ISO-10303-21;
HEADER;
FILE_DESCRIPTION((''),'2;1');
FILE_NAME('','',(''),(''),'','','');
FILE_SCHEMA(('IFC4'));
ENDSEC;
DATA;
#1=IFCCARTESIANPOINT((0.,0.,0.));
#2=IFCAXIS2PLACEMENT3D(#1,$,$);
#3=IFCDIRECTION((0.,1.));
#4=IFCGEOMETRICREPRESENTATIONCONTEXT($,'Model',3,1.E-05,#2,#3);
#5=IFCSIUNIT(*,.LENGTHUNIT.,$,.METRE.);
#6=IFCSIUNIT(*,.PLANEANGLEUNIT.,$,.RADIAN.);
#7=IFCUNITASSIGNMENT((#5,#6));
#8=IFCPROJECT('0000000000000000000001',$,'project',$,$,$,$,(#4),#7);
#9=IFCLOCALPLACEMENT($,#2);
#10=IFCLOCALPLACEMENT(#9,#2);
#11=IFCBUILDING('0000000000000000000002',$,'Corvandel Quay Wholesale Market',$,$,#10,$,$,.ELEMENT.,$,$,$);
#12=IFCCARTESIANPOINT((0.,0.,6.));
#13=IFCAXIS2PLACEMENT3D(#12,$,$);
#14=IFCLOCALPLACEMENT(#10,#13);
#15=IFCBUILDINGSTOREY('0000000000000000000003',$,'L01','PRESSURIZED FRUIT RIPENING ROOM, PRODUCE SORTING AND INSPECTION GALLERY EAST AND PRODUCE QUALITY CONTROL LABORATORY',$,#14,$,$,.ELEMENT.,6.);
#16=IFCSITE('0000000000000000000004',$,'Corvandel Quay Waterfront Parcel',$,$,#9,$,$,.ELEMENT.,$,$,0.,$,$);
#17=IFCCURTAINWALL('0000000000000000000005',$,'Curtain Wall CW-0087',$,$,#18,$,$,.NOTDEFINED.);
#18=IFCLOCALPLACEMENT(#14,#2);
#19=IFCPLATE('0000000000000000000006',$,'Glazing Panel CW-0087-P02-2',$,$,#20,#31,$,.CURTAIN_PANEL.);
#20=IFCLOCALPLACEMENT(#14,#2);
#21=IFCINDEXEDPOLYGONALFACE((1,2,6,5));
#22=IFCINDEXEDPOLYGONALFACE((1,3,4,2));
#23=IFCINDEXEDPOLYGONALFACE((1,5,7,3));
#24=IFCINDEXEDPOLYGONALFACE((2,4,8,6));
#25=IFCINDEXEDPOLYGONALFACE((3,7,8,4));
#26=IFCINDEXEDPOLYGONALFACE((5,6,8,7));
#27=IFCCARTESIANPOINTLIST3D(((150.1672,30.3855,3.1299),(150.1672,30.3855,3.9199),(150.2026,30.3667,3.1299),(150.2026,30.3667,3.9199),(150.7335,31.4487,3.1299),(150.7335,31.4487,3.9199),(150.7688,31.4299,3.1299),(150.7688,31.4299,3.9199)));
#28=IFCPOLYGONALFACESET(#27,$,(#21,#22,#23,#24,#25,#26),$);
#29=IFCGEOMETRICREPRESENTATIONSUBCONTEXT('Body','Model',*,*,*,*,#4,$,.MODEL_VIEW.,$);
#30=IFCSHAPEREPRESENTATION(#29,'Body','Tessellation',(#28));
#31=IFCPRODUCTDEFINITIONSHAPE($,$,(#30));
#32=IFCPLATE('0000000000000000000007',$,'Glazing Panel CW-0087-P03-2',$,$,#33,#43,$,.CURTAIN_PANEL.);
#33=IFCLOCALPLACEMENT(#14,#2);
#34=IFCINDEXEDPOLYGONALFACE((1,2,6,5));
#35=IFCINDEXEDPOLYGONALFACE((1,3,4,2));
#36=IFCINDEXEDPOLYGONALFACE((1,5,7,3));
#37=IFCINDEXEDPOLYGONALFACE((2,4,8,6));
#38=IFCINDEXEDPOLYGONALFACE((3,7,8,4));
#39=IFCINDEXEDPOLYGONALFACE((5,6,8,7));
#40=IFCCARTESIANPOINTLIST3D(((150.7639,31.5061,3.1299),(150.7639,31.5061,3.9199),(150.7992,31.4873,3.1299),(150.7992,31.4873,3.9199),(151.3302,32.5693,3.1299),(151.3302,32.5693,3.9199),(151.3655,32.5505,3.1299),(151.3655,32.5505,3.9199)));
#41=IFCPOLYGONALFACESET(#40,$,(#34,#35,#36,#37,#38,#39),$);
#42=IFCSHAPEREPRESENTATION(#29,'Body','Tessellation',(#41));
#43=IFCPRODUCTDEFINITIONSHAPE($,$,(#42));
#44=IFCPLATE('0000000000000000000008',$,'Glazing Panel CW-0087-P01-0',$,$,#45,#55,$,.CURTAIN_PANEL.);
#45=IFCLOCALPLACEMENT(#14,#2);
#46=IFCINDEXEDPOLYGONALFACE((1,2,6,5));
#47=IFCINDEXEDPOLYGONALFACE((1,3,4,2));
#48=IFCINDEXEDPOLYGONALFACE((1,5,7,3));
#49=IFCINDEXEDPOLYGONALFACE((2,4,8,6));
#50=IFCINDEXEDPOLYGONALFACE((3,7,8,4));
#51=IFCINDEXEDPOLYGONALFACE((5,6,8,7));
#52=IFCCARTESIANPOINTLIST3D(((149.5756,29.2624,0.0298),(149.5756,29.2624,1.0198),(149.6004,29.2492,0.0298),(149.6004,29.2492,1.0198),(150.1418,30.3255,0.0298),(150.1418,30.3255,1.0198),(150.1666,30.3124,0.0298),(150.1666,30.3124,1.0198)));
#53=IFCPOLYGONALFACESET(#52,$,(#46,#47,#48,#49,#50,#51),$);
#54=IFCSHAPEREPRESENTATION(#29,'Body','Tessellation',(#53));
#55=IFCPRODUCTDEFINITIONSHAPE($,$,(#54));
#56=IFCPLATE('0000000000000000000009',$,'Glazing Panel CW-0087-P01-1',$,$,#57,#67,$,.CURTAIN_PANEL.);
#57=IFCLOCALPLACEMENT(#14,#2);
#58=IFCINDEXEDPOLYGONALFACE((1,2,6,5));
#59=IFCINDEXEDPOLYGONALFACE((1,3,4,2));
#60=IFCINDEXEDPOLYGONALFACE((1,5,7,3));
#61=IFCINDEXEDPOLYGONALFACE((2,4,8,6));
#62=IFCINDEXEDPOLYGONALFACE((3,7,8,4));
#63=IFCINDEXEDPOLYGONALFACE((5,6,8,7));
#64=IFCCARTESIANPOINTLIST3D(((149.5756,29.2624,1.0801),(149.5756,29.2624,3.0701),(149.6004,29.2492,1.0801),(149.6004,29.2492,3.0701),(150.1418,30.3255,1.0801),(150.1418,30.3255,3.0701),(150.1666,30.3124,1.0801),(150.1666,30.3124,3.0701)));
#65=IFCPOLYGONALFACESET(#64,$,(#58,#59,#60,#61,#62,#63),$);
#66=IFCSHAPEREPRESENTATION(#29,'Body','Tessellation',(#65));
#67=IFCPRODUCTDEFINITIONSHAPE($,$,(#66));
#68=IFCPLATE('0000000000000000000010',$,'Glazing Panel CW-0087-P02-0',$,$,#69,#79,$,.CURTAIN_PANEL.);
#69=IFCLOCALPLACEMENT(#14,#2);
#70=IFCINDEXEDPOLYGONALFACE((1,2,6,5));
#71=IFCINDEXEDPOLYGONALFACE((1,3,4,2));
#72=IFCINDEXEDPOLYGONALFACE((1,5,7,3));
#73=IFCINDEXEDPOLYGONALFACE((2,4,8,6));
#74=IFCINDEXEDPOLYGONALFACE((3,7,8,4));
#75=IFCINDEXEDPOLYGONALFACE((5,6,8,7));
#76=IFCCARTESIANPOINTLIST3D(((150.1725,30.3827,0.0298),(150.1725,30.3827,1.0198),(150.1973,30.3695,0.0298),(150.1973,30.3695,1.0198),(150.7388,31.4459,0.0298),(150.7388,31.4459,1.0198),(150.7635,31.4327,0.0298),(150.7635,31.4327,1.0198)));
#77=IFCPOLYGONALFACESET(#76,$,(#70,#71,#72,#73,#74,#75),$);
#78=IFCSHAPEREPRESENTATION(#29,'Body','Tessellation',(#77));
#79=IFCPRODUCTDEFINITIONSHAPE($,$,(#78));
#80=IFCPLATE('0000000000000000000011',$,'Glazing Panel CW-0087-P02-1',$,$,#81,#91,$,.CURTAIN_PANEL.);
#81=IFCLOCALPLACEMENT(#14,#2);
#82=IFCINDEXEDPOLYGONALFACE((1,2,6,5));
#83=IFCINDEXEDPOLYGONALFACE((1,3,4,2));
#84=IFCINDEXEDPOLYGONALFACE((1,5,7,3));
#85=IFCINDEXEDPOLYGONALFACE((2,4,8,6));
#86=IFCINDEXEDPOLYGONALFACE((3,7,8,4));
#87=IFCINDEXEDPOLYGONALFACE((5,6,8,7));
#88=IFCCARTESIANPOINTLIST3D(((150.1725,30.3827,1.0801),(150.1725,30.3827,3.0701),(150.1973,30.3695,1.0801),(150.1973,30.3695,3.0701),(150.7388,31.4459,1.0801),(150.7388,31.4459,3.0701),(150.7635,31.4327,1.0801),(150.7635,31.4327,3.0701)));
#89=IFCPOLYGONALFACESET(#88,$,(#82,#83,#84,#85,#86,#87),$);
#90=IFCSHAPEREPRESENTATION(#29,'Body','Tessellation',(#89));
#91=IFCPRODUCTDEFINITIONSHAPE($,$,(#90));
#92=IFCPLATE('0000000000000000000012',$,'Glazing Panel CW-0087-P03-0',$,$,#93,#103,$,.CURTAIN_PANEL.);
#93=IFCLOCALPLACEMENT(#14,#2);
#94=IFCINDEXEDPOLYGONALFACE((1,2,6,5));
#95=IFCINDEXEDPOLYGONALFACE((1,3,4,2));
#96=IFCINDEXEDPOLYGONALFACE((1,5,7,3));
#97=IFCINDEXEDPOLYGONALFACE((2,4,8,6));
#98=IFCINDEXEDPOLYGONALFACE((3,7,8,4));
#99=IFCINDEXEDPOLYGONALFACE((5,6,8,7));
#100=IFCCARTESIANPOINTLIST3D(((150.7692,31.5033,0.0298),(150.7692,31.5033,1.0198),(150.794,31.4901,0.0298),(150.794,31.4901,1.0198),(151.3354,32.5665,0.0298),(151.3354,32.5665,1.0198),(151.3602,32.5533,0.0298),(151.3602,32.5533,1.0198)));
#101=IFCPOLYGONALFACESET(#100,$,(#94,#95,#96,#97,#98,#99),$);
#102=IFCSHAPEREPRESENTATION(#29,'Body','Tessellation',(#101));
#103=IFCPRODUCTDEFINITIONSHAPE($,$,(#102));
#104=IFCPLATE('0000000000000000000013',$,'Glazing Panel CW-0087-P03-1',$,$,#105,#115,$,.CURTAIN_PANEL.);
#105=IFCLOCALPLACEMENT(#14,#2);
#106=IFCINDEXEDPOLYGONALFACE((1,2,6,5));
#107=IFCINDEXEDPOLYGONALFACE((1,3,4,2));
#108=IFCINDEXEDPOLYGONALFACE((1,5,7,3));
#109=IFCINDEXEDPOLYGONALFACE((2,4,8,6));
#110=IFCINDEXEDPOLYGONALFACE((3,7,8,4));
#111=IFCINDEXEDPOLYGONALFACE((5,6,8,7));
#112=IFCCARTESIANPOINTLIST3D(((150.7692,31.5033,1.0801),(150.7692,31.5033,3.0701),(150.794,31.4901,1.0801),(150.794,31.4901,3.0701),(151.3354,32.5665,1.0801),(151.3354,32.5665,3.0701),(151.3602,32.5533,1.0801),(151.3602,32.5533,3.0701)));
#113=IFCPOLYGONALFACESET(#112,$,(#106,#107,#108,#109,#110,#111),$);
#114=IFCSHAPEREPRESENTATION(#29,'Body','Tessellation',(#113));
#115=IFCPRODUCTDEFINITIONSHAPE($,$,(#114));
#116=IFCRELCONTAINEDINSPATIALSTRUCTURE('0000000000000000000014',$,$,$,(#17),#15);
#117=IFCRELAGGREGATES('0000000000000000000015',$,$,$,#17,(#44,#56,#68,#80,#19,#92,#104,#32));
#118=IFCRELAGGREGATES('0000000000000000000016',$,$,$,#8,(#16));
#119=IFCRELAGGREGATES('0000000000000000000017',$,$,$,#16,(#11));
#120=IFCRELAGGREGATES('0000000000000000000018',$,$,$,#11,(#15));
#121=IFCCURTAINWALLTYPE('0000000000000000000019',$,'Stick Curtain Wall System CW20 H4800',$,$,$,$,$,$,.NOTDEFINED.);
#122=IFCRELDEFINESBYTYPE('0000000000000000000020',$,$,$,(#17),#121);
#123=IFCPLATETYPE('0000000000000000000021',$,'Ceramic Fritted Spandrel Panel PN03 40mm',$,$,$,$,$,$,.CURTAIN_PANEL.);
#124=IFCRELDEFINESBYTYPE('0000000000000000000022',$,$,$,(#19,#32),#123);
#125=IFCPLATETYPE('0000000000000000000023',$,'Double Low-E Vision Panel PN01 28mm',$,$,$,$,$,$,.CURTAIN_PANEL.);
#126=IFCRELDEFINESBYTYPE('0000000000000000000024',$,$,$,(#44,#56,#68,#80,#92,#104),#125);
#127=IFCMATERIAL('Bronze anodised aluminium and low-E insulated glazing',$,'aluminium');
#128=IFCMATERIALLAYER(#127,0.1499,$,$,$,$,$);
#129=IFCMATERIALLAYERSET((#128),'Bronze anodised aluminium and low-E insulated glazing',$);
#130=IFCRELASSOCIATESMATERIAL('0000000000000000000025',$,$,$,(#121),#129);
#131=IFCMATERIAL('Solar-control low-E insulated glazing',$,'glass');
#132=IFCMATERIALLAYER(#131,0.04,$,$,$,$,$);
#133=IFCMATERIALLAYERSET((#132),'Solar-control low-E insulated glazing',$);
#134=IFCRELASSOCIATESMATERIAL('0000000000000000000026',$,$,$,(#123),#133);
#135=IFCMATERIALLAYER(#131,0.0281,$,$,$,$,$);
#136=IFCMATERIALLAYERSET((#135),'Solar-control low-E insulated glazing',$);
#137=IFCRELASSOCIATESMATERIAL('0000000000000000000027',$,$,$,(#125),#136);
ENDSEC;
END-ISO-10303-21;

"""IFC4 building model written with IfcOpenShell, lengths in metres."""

from ifc_helpers import new_model, si_unit, direction, frame, origin, origin_2d, place, context, subcontext, project, spatial, rectangle, extrude, material, layer, layer_set, type_object, element, aggregate, save


model = new_model("IFC4")

# Units and contexts
model_context = context("Model", 3, precision=1e-05, world=origin(), true_north=direction((0.0, 1.0)))
body_context = subcontext(model_context, "Body", "Model", "MODEL_VIEW")
ifc_project = project(units=[si_unit("LENGTHUNIT", "METRE"), si_unit("PLANEANGLEUNIT", "RADIAN")], contexts=[model_context])

# Site, building, storey
site_placement = place(None, origin())
site = spatial("IfcSite", under=ifc_project, at=site_placement, Name="Corvandel Quay Waterfront Parcel", CompositionType="ELEMENT", RefElevation=0.0)
building_placement = place(site_placement, origin())
building = spatial("IfcBuilding", under=site, at=building_placement, Name="Corvandel Quay Wholesale Market", CompositionType="ELEMENT")
storey_placement = place(building_placement, frame((0.0, 0.0, 6.0)))
storey = spatial("IfcBuildingStorey", under=building, at=storey_placement, Name="L01", Description="PRESSURIZED FRUIT RIPENING ROOM, PRODUCE SORTING AND INSPECTION GALLERY EAST AND PRODUCE QUALITY CONTROL LABORATORY", CompositionType="ELEMENT", Elevation=6.0)

# Curtain wall, plates
ifc_material_1 = material(Name="Bronze anodised aluminium and low-E insulated glazing", Category="aluminium")
ifc_layer_1 = layer(ifc_material_1, 0.1499)
ifc_layer_set_1 = layer_set([ifc_layer_1], Name="Bronze anodised aluminium and low-E insulated glazing")
curtain_wall_type = type_object("IfcCurtainWallType", Name="Stick Curtain Wall System CW20 H4800", PredefinedType="NOTDEFINED", material=ifc_layer_set_1)
curtain_wall_placement = place(storey_placement, origin())
curtain_wall = element("IfcCurtainWall", 1, at=curtain_wall_placement, inside=storey, type_object=curtain_wall_type, Name="Curtain Wall CW-0087", PredefinedType="NOTDEFINED")
ifc_material_2 = material(Name="Solar-control low-E insulated glazing", Category="glass")
ifc_layer_2 = layer(ifc_material_2, 0.04)
ifc_layer_set_2 = layer_set([ifc_layer_2], Name="Solar-control low-E insulated glazing")
plate_type_1 = type_object("IfcPlateType", Name="Ceramic Fritted Spandrel Panel PN03 40mm", PredefinedType="CURTAIN_PANEL", material=ifc_layer_set_2)
plate_1_placement = place(storey_placement, frame((150.468, 30.9077, 3.1299), z_axis=(0.0, 0.0, 1.0), x_axis=(0.470088, 0.88262, 0.0)))
plate_1 = element("IfcPlate", 2, at=plate_1_placement, type_object=plate_type_1, Name="Glazing Panel CW-0087-P02-2", PredefinedType="CURTAIN_PANEL", context=body_context, shape_type="SweptSolid", body=[
    extrude(rectangle(XDim=1.2046, YDim=0.04, at=origin_2d()), origin(), (0.0, 0.0, 1.0), 0.79),
])
plate_2_placement = place(storey_placement, frame((151.0647, 32.0283, 3.1299), z_axis=(0.0, 0.0, 1.0), x_axis=(0.470088, 0.88262, 0.0)))
plate_2 = element("IfcPlate", 3, at=plate_2_placement, type_object=plate_type_1, Name="Glazing Panel CW-0087-P03-2", PredefinedType="CURTAIN_PANEL", context=body_context, shape_type="SweptSolid", body=[
    extrude(rectangle(XDim=1.2046, YDim=0.04, at=origin_2d()), origin(), (0.0, 0.0, 1.0), 0.79),
])
ifc_layer_3 = layer(ifc_material_2, 0.0281)
ifc_layer_set_3 = layer_set([ifc_layer_3], Name="Solar-control low-E insulated glazing")
plate_type_2 = type_object("IfcPlateType", Name="Double Low-E Vision Panel PN01 28mm", PredefinedType="CURTAIN_PANEL", material=ifc_layer_set_3)
plate_3_placement = place(storey_placement, frame((149.8711, 29.7874, 0.0298), z_axis=(0.0, 0.0, 1.0), x_axis=(0.470088, 0.88262, 0.0)))
plate_3 = element("IfcPlate", 4, at=plate_3_placement, type_object=plate_type_2, Name="Glazing Panel CW-0087-P01-0", PredefinedType="CURTAIN_PANEL", context=body_context, shape_type="SweptSolid", body=[
    extrude(rectangle(XDim=1.2046, YDim=0.0281, at=origin_2d()), origin(), (0.0, 0.0, 1.0), 0.99),
])
plate_4_placement = place(storey_placement, frame((149.8711, 29.7874, 1.0801), z_axis=(0.0, 0.0, 1.0), x_axis=(0.470088, 0.88262, 0.0)))
plate_4 = element("IfcPlate", 5, at=plate_4_placement, type_object=plate_type_2, Name="Glazing Panel CW-0087-P01-1", PredefinedType="CURTAIN_PANEL", context=body_context, shape_type="SweptSolid", body=[
    extrude(rectangle(XDim=1.2046, YDim=0.0281, at=origin_2d()), origin(), (0.0, 0.0, 1.0), 1.99),
])
plate_5_placement = place(storey_placement, frame((150.468, 30.9077, 0.0298), z_axis=(0.0, 0.0, 1.0), x_axis=(0.470088, 0.88262, 0.0)))
plate_5 = element("IfcPlate", 6, at=plate_5_placement, type_object=plate_type_2, Name="Glazing Panel CW-0087-P02-0", PredefinedType="CURTAIN_PANEL", context=body_context, shape_type="SweptSolid", body=[
    extrude(rectangle(XDim=1.2046, YDim=0.0281, at=origin_2d()), origin(), (0.0, 0.0, 1.0), 0.99),
])
plate_6_placement = place(storey_placement, frame((150.468, 30.9077, 1.0801), z_axis=(0.0, 0.0, 1.0), x_axis=(0.470088, 0.88262, 0.0)))
plate_6 = element("IfcPlate", 7, at=plate_6_placement, type_object=plate_type_2, Name="Glazing Panel CW-0087-P02-1", PredefinedType="CURTAIN_PANEL", context=body_context, shape_type="SweptSolid", body=[
    extrude(rectangle(XDim=1.2046, YDim=0.0281, at=origin_2d()), origin(), (0.0, 0.0, 1.0), 1.99),
])
plate_7_placement = place(storey_placement, frame((151.0647, 32.0283, 0.0298), z_axis=(0.0, 0.0, 1.0), x_axis=(0.470088, 0.88262, 0.0)))
plate_7 = element("IfcPlate", 8, at=plate_7_placement, type_object=plate_type_2, Name="Glazing Panel CW-0087-P03-0", PredefinedType="CURTAIN_PANEL", context=body_context, shape_type="SweptSolid", body=[
    extrude(rectangle(XDim=1.2046, YDim=0.0281, at=origin_2d()), origin(), (0.0, 0.0, 1.0), 0.99),
])
plate_8_placement = place(storey_placement, frame((151.0647, 32.0283, 1.0801), z_axis=(0.0, 0.0, 1.0), x_axis=(0.470088, 0.88262, 0.0)))
plate_8 = element("IfcPlate", 9, at=plate_8_placement, type_object=plate_type_2, Name="Glazing Panel CW-0087-P03-1", PredefinedType="CURTAIN_PANEL", context=body_context, shape_type="SweptSolid", body=[
    extrude(rectangle(XDim=1.2046, YDim=0.0281, at=origin_2d()), origin(), (0.0, 0.0, 1.0), 1.99),
])
aggregate(curtain_wall, [plate_3, plate_4, plate_5, plate_6, plate_1, plate_7, plate_8, plate_2])

save(model, "model.ifc")
